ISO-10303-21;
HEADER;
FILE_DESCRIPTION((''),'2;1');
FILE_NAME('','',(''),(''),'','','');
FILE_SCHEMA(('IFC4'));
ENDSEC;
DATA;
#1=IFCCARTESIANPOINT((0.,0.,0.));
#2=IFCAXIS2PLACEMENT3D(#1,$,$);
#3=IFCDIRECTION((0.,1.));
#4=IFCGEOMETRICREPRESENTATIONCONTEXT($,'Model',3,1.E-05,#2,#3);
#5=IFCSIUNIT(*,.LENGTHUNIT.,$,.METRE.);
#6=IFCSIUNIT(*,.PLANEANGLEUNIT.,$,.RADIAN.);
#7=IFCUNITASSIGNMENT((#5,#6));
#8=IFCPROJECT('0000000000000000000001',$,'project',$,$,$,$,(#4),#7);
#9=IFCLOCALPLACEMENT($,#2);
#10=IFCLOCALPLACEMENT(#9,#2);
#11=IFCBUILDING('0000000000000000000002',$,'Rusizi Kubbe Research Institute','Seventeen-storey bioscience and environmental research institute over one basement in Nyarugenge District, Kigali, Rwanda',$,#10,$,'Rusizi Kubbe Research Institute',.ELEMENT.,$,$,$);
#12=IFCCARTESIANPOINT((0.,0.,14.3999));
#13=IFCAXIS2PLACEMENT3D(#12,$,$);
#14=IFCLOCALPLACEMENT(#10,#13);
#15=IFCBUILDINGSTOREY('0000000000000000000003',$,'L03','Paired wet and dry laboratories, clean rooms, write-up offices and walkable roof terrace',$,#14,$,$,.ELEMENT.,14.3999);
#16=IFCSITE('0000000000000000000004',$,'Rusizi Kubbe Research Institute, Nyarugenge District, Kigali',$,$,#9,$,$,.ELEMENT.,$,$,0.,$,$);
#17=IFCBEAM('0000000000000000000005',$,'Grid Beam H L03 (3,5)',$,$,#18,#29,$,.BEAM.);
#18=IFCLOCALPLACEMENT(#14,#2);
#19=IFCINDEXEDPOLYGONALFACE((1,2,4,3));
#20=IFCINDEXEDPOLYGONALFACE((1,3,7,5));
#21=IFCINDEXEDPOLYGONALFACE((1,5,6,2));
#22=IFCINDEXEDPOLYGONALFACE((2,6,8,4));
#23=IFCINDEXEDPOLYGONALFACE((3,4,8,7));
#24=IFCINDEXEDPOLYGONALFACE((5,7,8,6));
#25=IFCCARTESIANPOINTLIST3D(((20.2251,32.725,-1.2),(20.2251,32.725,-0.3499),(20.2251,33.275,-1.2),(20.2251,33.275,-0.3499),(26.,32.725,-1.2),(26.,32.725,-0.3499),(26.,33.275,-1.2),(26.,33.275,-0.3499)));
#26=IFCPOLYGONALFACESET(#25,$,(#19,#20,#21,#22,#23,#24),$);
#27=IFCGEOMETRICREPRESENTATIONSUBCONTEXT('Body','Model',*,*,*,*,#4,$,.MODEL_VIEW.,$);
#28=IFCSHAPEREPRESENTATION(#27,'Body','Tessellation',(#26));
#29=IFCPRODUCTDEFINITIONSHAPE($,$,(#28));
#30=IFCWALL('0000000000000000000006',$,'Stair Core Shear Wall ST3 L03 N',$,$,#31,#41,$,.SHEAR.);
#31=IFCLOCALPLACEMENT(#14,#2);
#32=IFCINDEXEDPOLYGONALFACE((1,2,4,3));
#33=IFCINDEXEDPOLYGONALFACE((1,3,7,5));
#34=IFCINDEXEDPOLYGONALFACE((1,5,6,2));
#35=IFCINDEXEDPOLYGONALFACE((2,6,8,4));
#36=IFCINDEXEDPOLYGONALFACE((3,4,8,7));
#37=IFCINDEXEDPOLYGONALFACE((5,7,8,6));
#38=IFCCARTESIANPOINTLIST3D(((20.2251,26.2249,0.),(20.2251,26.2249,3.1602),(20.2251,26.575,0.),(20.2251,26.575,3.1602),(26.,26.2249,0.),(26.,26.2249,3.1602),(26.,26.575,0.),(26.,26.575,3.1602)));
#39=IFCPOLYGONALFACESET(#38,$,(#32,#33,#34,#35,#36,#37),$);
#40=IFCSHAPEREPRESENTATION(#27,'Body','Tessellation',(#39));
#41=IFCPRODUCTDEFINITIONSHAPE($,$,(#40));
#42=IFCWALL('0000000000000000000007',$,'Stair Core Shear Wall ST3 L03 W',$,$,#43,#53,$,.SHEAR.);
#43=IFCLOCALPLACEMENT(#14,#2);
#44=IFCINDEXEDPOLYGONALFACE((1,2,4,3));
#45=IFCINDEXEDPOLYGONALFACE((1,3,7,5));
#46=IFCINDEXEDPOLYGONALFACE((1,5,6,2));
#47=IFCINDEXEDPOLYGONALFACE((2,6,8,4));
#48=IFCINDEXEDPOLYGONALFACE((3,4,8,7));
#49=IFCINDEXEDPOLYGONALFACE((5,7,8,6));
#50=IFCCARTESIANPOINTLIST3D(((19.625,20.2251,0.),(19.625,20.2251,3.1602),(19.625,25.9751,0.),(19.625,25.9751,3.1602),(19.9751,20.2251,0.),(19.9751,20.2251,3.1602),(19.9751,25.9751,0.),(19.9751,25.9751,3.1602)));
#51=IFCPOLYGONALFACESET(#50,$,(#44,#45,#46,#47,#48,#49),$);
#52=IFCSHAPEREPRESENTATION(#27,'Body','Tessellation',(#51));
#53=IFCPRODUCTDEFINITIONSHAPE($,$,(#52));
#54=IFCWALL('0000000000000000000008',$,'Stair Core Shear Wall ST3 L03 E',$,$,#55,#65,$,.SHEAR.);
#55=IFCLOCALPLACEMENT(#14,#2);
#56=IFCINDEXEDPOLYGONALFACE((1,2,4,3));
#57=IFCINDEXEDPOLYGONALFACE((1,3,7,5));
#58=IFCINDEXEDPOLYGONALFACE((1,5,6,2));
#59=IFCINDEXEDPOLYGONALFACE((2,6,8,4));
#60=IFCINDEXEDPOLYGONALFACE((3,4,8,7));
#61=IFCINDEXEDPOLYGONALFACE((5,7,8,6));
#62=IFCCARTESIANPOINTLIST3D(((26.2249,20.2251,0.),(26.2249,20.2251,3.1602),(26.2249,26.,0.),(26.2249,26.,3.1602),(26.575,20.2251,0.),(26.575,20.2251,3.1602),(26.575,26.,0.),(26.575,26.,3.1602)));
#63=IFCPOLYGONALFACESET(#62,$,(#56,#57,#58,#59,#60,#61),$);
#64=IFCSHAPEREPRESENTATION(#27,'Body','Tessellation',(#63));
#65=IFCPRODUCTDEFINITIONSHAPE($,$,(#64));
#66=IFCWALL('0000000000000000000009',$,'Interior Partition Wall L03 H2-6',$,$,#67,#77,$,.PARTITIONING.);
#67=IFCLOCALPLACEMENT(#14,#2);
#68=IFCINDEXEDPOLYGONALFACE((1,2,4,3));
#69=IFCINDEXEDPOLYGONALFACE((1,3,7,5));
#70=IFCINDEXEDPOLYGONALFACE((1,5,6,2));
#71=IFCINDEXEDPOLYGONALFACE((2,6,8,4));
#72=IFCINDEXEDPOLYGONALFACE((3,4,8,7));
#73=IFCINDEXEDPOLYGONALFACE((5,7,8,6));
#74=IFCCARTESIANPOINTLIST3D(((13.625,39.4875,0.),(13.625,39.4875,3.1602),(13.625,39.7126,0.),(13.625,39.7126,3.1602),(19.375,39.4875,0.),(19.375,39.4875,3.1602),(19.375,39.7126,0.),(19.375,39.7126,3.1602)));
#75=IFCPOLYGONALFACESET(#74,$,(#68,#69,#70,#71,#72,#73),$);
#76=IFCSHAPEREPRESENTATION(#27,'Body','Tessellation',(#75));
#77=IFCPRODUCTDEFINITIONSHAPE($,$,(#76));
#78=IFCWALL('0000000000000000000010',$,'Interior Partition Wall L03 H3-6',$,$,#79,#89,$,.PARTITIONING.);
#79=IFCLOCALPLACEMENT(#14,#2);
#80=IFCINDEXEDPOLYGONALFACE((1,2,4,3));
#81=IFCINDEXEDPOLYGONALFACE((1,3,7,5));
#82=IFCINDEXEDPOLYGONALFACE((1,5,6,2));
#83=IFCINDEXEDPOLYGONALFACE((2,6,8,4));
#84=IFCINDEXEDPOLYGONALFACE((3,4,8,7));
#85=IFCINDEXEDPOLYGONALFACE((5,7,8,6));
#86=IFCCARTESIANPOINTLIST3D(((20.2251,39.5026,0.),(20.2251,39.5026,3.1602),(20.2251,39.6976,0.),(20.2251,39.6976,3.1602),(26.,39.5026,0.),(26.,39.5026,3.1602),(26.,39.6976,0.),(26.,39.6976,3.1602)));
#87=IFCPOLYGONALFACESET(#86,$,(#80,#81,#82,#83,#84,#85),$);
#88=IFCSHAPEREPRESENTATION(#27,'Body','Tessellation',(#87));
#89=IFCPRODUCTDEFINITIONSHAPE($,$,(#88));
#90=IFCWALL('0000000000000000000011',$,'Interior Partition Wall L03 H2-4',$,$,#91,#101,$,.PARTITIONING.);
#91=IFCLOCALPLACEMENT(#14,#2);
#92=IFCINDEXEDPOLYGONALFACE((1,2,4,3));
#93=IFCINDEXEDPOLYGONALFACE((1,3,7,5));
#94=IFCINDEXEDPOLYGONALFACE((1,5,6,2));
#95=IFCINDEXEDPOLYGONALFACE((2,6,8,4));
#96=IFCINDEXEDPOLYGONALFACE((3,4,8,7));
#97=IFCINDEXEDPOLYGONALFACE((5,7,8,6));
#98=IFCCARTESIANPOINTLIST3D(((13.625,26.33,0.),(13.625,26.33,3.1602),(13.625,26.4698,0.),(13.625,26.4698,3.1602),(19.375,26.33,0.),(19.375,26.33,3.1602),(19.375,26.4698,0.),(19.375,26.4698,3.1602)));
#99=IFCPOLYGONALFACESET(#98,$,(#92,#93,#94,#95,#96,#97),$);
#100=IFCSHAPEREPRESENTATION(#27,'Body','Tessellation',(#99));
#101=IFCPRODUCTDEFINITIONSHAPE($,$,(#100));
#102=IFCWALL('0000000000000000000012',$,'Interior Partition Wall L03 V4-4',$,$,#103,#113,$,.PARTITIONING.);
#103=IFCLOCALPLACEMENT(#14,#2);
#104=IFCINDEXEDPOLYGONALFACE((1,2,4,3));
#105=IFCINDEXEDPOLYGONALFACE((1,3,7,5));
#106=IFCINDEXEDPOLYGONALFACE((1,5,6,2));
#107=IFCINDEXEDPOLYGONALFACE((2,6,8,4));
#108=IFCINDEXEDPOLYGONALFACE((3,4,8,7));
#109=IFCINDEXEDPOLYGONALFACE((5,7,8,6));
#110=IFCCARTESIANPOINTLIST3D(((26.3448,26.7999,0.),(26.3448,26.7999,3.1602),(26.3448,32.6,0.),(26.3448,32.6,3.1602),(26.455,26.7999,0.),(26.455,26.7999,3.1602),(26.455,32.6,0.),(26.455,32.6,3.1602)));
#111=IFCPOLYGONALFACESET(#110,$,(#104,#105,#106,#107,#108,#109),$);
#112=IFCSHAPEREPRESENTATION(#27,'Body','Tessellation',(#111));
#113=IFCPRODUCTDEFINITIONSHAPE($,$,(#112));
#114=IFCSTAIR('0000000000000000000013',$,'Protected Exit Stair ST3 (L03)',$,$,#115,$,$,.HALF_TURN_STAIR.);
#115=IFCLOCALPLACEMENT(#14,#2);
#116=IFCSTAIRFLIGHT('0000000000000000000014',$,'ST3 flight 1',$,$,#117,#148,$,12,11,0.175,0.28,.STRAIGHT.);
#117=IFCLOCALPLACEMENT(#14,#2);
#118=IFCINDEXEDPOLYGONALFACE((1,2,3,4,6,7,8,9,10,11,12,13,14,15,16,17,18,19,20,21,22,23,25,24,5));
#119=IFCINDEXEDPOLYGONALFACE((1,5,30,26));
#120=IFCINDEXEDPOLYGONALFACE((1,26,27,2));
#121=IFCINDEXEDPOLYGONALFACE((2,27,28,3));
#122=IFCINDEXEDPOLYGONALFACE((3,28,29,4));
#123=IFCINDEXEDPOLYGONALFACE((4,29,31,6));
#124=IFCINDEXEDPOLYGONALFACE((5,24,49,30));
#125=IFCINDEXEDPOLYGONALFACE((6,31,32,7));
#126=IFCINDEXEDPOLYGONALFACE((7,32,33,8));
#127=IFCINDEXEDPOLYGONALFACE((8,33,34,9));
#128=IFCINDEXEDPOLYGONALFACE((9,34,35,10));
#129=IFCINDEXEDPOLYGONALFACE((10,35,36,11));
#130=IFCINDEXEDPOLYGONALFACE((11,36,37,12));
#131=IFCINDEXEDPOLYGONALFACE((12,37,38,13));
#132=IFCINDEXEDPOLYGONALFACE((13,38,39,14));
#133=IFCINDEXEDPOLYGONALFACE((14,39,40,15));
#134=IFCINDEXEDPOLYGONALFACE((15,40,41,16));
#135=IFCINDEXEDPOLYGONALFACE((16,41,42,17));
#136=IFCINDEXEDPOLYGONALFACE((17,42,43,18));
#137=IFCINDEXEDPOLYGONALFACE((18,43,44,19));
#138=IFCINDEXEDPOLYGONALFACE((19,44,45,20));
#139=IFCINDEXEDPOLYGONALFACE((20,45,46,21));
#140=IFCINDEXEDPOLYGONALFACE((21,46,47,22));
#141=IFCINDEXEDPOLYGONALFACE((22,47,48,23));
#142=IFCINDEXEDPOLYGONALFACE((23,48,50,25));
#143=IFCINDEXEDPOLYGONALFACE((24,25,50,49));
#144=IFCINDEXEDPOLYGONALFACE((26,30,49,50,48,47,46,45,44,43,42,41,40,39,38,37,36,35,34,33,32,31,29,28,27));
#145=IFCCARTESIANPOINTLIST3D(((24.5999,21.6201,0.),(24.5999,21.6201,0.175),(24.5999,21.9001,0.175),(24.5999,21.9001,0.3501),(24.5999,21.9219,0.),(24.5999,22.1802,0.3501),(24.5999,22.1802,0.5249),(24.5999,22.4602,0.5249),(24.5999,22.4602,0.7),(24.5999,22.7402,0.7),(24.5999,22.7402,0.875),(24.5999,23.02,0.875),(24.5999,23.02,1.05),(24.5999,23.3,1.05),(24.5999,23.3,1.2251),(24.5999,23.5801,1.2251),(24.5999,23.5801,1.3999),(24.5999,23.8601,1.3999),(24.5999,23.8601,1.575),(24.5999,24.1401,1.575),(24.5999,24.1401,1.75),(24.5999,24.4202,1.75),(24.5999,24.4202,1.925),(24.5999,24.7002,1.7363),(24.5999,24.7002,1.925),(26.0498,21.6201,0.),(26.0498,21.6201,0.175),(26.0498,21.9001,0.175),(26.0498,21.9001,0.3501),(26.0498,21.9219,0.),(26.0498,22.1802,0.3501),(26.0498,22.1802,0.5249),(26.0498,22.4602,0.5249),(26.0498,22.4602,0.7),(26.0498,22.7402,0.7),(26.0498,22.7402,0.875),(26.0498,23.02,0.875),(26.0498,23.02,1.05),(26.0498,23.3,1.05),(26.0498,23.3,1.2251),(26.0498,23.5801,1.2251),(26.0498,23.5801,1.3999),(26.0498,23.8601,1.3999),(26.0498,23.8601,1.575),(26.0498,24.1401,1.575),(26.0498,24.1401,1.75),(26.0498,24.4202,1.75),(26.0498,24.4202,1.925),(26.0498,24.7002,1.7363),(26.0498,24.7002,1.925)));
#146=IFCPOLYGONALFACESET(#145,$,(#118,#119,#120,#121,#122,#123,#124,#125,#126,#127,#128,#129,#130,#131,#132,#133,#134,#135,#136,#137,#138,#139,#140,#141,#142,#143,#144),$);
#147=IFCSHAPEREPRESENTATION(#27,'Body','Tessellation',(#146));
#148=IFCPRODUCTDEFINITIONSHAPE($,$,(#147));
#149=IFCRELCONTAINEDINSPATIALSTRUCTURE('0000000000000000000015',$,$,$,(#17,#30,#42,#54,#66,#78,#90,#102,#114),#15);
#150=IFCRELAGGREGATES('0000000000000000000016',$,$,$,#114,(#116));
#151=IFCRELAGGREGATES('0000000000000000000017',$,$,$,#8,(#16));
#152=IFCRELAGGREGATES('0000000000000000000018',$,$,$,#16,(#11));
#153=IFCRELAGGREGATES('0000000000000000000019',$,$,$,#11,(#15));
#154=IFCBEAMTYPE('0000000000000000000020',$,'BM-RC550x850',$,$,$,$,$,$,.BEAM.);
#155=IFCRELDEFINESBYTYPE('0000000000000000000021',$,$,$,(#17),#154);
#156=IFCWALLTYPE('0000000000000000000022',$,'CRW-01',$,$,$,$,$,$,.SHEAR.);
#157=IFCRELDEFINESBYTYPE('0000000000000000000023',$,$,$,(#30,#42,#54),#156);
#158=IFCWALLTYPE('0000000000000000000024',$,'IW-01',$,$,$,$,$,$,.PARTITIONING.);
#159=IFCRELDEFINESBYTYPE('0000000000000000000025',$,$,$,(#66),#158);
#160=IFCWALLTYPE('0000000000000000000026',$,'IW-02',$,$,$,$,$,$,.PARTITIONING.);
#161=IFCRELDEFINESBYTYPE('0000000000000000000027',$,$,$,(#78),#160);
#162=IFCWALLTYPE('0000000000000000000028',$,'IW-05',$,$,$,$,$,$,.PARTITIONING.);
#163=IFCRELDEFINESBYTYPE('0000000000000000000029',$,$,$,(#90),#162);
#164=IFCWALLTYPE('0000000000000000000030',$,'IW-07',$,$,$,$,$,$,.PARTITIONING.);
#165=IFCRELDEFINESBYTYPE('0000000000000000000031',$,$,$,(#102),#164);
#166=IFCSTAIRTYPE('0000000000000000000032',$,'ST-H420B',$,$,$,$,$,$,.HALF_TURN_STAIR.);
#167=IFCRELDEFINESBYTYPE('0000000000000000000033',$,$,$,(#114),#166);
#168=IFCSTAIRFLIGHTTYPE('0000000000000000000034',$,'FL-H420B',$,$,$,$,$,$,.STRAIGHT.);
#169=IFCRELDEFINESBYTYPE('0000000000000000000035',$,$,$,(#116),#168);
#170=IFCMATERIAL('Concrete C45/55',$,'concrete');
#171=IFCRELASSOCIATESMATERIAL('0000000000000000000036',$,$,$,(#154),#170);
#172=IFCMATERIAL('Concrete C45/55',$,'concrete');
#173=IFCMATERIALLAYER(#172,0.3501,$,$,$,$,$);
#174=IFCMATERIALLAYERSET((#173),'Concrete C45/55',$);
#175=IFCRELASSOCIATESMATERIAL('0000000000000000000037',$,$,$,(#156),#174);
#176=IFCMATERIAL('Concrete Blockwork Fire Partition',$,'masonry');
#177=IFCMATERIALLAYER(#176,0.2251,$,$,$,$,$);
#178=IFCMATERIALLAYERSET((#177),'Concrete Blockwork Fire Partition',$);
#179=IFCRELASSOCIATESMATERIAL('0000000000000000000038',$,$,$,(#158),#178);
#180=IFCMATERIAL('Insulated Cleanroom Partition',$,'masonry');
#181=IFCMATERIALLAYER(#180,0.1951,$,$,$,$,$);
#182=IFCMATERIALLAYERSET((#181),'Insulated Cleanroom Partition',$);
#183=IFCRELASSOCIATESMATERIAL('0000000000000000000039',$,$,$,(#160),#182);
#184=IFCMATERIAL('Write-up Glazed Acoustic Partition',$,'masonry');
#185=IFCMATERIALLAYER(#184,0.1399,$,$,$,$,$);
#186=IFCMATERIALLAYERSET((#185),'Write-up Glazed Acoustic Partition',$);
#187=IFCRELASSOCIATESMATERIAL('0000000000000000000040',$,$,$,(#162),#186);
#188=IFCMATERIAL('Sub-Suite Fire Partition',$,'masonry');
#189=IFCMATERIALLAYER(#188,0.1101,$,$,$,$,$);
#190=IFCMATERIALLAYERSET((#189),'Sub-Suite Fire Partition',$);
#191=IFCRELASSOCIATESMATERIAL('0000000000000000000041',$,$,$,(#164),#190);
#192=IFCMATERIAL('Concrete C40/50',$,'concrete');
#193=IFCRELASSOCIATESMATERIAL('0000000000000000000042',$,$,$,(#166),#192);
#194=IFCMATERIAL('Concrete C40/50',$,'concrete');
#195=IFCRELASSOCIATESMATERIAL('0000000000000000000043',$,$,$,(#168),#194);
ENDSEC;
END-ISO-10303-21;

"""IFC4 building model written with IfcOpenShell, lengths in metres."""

from ifc_helpers import new_model, si_unit, direction, frame, frame_2d, origin, origin_2d, place, context, subcontext, project, spatial, polyline, rectangle, outline, extrude, material, layer, layer_set, material_profile, profile_set, type_object, element, aggregate, save


model = new_model("IFC4")

# Units and contexts
model_context = context("Model", 3, precision=1e-05, world=origin(), true_north=direction((0.0, 1.0)))
body_context = subcontext(model_context, "Body", "Model", "MODEL_VIEW")
ifc_project = project(units=[si_unit("LENGTHUNIT", "METRE"), si_unit("PLANEANGLEUNIT", "RADIAN")], contexts=[model_context])

# Site, building, storey
site_placement = place(None, origin())
site = spatial("IfcSite", under=ifc_project, at=site_placement, Name="Rusizi Kubbe Research Institute, Nyarugenge District, Kigali", CompositionType="ELEMENT", RefElevation=0.0)
building_placement = place(site_placement, origin())
building = spatial("IfcBuilding", under=site, at=building_placement, Name="Rusizi Kubbe Research Institute", Description="Seventeen-storey bioscience and environmental research institute over one basement in Nyarugenge District, Kigali, Rwanda", LongName="Rusizi Kubbe Research Institute", CompositionType="ELEMENT")
storey_placement = place(building_placement, frame((0.0, 0.0, 14.3999)))
storey = spatial("IfcBuildingStorey", under=building, at=storey_placement, Name="L03", Description="Paired wet and dry laboratories, clean rooms, write-up offices and walkable roof terrace", CompositionType="ELEMENT", Elevation=14.3999)

# Beam
ifc_material_1 = material(Name="Concrete C45/55", Category="concrete")
ifc_material_profile_1 = material_profile(ifc_material_1, rectangle(XDim=0.55, YDim=0.8501, at=origin_2d()), Name="RC550x850")
ifc_profile_set_1 = profile_set([ifc_material_profile_1], Name="Concrete C45/55")
beam_type_1 = type_object("IfcBeamType", Name="BM-RC550x850", PredefinedType="BEAM", material=ifc_profile_set_1)
beam_1_placement = place(storey_placement, frame((20.2251, 33.0, -0.7749), z_axis=(1.0, 0.0, 0.0), x_axis=(0.0, 1.0, 0.0)))
element("IfcBeam", 1, at=beam_1_placement, inside=storey, type_object=beam_type_1, Name="Grid Beam H L03 (3,5)", PredefinedType="BEAM", context=body_context, shape_type="SweptSolid", body=[
    extrude(rectangle(XDim=0.55, YDim=0.8501, at=origin_2d()), origin(), (0.0, 0.0, 1.0), 5.7749),
])

# Shared definitions
ifc_material_2 = material(Name="Concrete C45/55", Category="concrete")
ifc_layer_1 = layer(ifc_material_2, 0.3501)
ifc_layer_set_1 = layer_set([ifc_layer_1], Name="Concrete C45/55")
wall_type_1 = type_object("IfcWallType", Name="CRW-01", PredefinedType="SHEAR", material=ifc_layer_set_1)

# Walls
wall_1_placement = place(storey_placement, frame((20.2251, 26.3999, 0.0), z_axis=(0.0, 0.0, 1.0), x_axis=(1.0, 0.0, 0.0)))
element("IfcWall", 2, at=wall_1_placement, inside=storey, type_object=wall_type_1, Name="Stair Core Shear Wall ST3 L03 N", PredefinedType="SHEAR", context=body_context, shape_type="SweptSolid", body=[
    extrude(rectangle(XDim=5.7749, YDim=0.3501, at=frame_2d((2.8875, 0.0))), origin(), (0.0, 0.0, 1.0), 3.1602),
])
wall_2_placement = place(storey_placement, frame((19.8, 20.2251, 0.0), z_axis=(0.0, 0.0, 1.0), x_axis=(0.0, 1.0, 0.0)))
element("IfcWall", 3, at=wall_2_placement, inside=storey, type_object=wall_type_1, Name="Stair Core Shear Wall ST3 L03 W", PredefinedType="SHEAR", context=body_context, shape_type="SweptSolid", body=[
    extrude(rectangle(XDim=5.75, YDim=0.3501, at=frame_2d((2.875, 0.0))), origin(), (0.0, 0.0, 1.0), 3.1602),
])
wall_3_placement = place(storey_placement, frame((26.3999, 20.2251, 0.0), z_axis=(0.0, 0.0, 1.0), x_axis=(0.0, 1.0, 0.0)))
element("IfcWall", 4, at=wall_3_placement, inside=storey, type_object=wall_type_1, Name="Stair Core Shear Wall ST3 L03 E", PredefinedType="SHEAR", context=body_context, shape_type="SweptSolid", body=[
    extrude(rectangle(XDim=5.7749, YDim=0.3501, at=frame_2d((2.8875, 0.0))), origin(), (0.0, 0.0, 1.0), 3.1602),
])
ifc_material_3 = material(Name="Concrete Blockwork Fire Partition", Category="masonry")
ifc_layer_2 = layer(ifc_material_3, 0.2251)
ifc_layer_set_2 = layer_set([ifc_layer_2], Name="Concrete Blockwork Fire Partition")
wall_type_2 = type_object("IfcWallType", Name="IW-01", PredefinedType="PARTITIONING", material=ifc_layer_set_2)
wall_4_placement = place(storey_placement, frame((13.625, 39.6001, 0.0), z_axis=(0.0, 0.0, 1.0), x_axis=(1.0, 0.0, 0.0)))
element("IfcWall", 5, at=wall_4_placement, inside=storey, type_object=wall_type_2, Name="Interior Partition Wall L03 H2-6", PredefinedType="PARTITIONING", context=body_context, shape_type="SweptSolid", body=[
    extrude(rectangle(XDim=5.75, YDim=0.2251, at=frame_2d((2.875, 0.0))), origin(), (0.0, 0.0, 1.0), 3.1602),
])
ifc_material_4 = material(Name="Insulated Cleanroom Partition", Category="masonry")
ifc_layer_3 = layer(ifc_material_4, 0.1951)
ifc_layer_set_3 = layer_set([ifc_layer_3], Name="Insulated Cleanroom Partition")
wall_type_3 = type_object("IfcWallType", Name="IW-02", PredefinedType="PARTITIONING", material=ifc_layer_set_3)
wall_5_placement = place(storey_placement, frame((20.2251, 39.6001, 0.0), z_axis=(0.0, 0.0, 1.0), x_axis=(1.0, 0.0, 0.0)))
element("IfcWall", 6, at=wall_5_placement, inside=storey, type_object=wall_type_3, Name="Interior Partition Wall L03 H3-6", PredefinedType="PARTITIONING", context=body_context, shape_type="SweptSolid", body=[
    extrude(rectangle(XDim=5.7749, YDim=0.1951, at=frame_2d((2.8875, 0.0))), origin(), (0.0, 0.0, 1.0), 3.1602),
])
ifc_material_5 = material(Name="Write-up Glazed Acoustic Partition", Category="masonry")
ifc_layer_4 = layer(ifc_material_5, 0.1399)
ifc_layer_set_4 = layer_set([ifc_layer_4], Name="Write-up Glazed Acoustic Partition")
wall_type_4 = type_object("IfcWallType", Name="IW-05", PredefinedType="PARTITIONING", material=ifc_layer_set_4)
wall_6_placement = place(storey_placement, frame((13.625, 26.3999, 0.0), z_axis=(0.0, 0.0, 1.0), x_axis=(1.0, 0.0, 0.0)))
element("IfcWall", 7, at=wall_6_placement, inside=storey, type_object=wall_type_4, Name="Interior Partition Wall L03 H2-4", PredefinedType="PARTITIONING", context=body_context, shape_type="SweptSolid", body=[
    extrude(rectangle(XDim=5.75, YDim=0.1399, at=frame_2d((2.875, 0.0))), origin(), (0.0, 0.0, 1.0), 3.1602),
])
ifc_material_6 = material(Name="Sub-Suite Fire Partition", Category="masonry")
ifc_layer_5 = layer(ifc_material_6, 0.1101)
ifc_layer_set_5 = layer_set([ifc_layer_5], Name="Sub-Suite Fire Partition")
wall_type_5 = type_object("IfcWallType", Name="IW-07", PredefinedType="PARTITIONING", material=ifc_layer_set_5)
wall_7_placement = place(storey_placement, frame((26.3999, 26.8, 0.0), z_axis=(0.0, 0.0, 1.0), x_axis=(0.0, 1.0, 0.0)))
element("IfcWall", 8, at=wall_7_placement, inside=storey, type_object=wall_type_5, Name="Interior Partition Wall L03 V4-4", PredefinedType="PARTITIONING", context=body_context, shape_type="SweptSolid", body=[
    extrude(rectangle(XDim=5.8, YDim=0.1101, at=frame_2d((2.8999, 0.0))), origin(), (0.0, 0.0, 1.0), 3.1602),
])

# Stair, stair flight
ifc_material_7 = material(Name="Concrete C40/50", Category="concrete")
stair_type = type_object("IfcStairType", Name="ST-H420B", PredefinedType="HALF_TURN_STAIR", material=ifc_material_7)
stair_placement = place(storey_placement, origin())
stair = element("IfcStair", 9, at=stair_placement, inside=storey, type_object=stair_type, Name="Protected Exit Stair ST3 (L03)", PredefinedType="HALF_TURN_STAIR")
ifc_material_8 = material(Name="Concrete C40/50", Category="concrete")
stair_flight_type = type_object("IfcStairFlightType", Name="FL-H420B", PredefinedType="STRAIGHT", material=ifc_material_8)
stair_flight_1_placement = place(storey_placement, frame((25.325, 21.6201, 0.0), z_axis=(0.0, 0.0, 1.0), x_axis=(0.0, 1.0, 0.0)))
stair_flight_1 = element("IfcStairFlight", 10, at=stair_flight_1_placement, type_object=stair_flight_type, Name="ST3 flight 1", NumberOfRisers=12, NumberOfTreads=11, PredefinedType="STRAIGHT", RiserHeight=0.175, TreadLength=0.28, context=body_context, shape_type="SweptSolid", body=[
    extrude(outline(polyline([(0.0, 0.0), (0.0, 0.175), (0.28, 0.175), (0.28, 0.3501), (0.5601, 0.3501), (0.5601, 0.5249), (0.8401, 0.5249), (0.8401, 0.7), (1.1201, 0.7), (1.1201, 0.875), (1.3999, 0.875), (1.3999, 1.05), (1.6799, 1.05), (1.6799, 1.2251), (1.96, 1.2251), (1.96, 1.3999), (2.24, 1.3999), (2.24, 1.575), (2.52, 1.575), (2.52, 1.75), (2.8, 1.75), (2.8, 1.925), (3.0801, 1.925), (3.0801, 2.1001), (3.0801, 1.7363), (0.3018, 0.0), (0.0, 0.0)])), frame((0.0, 0.7251, 0.0), z_axis=(0.0, -1.0, 0.0), x_axis=(1.0, 0.0, 0.0)), (0.0, 0.0, 1.0), 1.45),
])
aggregate(stair, [stair_flight_1])

save(model, "model.ifc")
